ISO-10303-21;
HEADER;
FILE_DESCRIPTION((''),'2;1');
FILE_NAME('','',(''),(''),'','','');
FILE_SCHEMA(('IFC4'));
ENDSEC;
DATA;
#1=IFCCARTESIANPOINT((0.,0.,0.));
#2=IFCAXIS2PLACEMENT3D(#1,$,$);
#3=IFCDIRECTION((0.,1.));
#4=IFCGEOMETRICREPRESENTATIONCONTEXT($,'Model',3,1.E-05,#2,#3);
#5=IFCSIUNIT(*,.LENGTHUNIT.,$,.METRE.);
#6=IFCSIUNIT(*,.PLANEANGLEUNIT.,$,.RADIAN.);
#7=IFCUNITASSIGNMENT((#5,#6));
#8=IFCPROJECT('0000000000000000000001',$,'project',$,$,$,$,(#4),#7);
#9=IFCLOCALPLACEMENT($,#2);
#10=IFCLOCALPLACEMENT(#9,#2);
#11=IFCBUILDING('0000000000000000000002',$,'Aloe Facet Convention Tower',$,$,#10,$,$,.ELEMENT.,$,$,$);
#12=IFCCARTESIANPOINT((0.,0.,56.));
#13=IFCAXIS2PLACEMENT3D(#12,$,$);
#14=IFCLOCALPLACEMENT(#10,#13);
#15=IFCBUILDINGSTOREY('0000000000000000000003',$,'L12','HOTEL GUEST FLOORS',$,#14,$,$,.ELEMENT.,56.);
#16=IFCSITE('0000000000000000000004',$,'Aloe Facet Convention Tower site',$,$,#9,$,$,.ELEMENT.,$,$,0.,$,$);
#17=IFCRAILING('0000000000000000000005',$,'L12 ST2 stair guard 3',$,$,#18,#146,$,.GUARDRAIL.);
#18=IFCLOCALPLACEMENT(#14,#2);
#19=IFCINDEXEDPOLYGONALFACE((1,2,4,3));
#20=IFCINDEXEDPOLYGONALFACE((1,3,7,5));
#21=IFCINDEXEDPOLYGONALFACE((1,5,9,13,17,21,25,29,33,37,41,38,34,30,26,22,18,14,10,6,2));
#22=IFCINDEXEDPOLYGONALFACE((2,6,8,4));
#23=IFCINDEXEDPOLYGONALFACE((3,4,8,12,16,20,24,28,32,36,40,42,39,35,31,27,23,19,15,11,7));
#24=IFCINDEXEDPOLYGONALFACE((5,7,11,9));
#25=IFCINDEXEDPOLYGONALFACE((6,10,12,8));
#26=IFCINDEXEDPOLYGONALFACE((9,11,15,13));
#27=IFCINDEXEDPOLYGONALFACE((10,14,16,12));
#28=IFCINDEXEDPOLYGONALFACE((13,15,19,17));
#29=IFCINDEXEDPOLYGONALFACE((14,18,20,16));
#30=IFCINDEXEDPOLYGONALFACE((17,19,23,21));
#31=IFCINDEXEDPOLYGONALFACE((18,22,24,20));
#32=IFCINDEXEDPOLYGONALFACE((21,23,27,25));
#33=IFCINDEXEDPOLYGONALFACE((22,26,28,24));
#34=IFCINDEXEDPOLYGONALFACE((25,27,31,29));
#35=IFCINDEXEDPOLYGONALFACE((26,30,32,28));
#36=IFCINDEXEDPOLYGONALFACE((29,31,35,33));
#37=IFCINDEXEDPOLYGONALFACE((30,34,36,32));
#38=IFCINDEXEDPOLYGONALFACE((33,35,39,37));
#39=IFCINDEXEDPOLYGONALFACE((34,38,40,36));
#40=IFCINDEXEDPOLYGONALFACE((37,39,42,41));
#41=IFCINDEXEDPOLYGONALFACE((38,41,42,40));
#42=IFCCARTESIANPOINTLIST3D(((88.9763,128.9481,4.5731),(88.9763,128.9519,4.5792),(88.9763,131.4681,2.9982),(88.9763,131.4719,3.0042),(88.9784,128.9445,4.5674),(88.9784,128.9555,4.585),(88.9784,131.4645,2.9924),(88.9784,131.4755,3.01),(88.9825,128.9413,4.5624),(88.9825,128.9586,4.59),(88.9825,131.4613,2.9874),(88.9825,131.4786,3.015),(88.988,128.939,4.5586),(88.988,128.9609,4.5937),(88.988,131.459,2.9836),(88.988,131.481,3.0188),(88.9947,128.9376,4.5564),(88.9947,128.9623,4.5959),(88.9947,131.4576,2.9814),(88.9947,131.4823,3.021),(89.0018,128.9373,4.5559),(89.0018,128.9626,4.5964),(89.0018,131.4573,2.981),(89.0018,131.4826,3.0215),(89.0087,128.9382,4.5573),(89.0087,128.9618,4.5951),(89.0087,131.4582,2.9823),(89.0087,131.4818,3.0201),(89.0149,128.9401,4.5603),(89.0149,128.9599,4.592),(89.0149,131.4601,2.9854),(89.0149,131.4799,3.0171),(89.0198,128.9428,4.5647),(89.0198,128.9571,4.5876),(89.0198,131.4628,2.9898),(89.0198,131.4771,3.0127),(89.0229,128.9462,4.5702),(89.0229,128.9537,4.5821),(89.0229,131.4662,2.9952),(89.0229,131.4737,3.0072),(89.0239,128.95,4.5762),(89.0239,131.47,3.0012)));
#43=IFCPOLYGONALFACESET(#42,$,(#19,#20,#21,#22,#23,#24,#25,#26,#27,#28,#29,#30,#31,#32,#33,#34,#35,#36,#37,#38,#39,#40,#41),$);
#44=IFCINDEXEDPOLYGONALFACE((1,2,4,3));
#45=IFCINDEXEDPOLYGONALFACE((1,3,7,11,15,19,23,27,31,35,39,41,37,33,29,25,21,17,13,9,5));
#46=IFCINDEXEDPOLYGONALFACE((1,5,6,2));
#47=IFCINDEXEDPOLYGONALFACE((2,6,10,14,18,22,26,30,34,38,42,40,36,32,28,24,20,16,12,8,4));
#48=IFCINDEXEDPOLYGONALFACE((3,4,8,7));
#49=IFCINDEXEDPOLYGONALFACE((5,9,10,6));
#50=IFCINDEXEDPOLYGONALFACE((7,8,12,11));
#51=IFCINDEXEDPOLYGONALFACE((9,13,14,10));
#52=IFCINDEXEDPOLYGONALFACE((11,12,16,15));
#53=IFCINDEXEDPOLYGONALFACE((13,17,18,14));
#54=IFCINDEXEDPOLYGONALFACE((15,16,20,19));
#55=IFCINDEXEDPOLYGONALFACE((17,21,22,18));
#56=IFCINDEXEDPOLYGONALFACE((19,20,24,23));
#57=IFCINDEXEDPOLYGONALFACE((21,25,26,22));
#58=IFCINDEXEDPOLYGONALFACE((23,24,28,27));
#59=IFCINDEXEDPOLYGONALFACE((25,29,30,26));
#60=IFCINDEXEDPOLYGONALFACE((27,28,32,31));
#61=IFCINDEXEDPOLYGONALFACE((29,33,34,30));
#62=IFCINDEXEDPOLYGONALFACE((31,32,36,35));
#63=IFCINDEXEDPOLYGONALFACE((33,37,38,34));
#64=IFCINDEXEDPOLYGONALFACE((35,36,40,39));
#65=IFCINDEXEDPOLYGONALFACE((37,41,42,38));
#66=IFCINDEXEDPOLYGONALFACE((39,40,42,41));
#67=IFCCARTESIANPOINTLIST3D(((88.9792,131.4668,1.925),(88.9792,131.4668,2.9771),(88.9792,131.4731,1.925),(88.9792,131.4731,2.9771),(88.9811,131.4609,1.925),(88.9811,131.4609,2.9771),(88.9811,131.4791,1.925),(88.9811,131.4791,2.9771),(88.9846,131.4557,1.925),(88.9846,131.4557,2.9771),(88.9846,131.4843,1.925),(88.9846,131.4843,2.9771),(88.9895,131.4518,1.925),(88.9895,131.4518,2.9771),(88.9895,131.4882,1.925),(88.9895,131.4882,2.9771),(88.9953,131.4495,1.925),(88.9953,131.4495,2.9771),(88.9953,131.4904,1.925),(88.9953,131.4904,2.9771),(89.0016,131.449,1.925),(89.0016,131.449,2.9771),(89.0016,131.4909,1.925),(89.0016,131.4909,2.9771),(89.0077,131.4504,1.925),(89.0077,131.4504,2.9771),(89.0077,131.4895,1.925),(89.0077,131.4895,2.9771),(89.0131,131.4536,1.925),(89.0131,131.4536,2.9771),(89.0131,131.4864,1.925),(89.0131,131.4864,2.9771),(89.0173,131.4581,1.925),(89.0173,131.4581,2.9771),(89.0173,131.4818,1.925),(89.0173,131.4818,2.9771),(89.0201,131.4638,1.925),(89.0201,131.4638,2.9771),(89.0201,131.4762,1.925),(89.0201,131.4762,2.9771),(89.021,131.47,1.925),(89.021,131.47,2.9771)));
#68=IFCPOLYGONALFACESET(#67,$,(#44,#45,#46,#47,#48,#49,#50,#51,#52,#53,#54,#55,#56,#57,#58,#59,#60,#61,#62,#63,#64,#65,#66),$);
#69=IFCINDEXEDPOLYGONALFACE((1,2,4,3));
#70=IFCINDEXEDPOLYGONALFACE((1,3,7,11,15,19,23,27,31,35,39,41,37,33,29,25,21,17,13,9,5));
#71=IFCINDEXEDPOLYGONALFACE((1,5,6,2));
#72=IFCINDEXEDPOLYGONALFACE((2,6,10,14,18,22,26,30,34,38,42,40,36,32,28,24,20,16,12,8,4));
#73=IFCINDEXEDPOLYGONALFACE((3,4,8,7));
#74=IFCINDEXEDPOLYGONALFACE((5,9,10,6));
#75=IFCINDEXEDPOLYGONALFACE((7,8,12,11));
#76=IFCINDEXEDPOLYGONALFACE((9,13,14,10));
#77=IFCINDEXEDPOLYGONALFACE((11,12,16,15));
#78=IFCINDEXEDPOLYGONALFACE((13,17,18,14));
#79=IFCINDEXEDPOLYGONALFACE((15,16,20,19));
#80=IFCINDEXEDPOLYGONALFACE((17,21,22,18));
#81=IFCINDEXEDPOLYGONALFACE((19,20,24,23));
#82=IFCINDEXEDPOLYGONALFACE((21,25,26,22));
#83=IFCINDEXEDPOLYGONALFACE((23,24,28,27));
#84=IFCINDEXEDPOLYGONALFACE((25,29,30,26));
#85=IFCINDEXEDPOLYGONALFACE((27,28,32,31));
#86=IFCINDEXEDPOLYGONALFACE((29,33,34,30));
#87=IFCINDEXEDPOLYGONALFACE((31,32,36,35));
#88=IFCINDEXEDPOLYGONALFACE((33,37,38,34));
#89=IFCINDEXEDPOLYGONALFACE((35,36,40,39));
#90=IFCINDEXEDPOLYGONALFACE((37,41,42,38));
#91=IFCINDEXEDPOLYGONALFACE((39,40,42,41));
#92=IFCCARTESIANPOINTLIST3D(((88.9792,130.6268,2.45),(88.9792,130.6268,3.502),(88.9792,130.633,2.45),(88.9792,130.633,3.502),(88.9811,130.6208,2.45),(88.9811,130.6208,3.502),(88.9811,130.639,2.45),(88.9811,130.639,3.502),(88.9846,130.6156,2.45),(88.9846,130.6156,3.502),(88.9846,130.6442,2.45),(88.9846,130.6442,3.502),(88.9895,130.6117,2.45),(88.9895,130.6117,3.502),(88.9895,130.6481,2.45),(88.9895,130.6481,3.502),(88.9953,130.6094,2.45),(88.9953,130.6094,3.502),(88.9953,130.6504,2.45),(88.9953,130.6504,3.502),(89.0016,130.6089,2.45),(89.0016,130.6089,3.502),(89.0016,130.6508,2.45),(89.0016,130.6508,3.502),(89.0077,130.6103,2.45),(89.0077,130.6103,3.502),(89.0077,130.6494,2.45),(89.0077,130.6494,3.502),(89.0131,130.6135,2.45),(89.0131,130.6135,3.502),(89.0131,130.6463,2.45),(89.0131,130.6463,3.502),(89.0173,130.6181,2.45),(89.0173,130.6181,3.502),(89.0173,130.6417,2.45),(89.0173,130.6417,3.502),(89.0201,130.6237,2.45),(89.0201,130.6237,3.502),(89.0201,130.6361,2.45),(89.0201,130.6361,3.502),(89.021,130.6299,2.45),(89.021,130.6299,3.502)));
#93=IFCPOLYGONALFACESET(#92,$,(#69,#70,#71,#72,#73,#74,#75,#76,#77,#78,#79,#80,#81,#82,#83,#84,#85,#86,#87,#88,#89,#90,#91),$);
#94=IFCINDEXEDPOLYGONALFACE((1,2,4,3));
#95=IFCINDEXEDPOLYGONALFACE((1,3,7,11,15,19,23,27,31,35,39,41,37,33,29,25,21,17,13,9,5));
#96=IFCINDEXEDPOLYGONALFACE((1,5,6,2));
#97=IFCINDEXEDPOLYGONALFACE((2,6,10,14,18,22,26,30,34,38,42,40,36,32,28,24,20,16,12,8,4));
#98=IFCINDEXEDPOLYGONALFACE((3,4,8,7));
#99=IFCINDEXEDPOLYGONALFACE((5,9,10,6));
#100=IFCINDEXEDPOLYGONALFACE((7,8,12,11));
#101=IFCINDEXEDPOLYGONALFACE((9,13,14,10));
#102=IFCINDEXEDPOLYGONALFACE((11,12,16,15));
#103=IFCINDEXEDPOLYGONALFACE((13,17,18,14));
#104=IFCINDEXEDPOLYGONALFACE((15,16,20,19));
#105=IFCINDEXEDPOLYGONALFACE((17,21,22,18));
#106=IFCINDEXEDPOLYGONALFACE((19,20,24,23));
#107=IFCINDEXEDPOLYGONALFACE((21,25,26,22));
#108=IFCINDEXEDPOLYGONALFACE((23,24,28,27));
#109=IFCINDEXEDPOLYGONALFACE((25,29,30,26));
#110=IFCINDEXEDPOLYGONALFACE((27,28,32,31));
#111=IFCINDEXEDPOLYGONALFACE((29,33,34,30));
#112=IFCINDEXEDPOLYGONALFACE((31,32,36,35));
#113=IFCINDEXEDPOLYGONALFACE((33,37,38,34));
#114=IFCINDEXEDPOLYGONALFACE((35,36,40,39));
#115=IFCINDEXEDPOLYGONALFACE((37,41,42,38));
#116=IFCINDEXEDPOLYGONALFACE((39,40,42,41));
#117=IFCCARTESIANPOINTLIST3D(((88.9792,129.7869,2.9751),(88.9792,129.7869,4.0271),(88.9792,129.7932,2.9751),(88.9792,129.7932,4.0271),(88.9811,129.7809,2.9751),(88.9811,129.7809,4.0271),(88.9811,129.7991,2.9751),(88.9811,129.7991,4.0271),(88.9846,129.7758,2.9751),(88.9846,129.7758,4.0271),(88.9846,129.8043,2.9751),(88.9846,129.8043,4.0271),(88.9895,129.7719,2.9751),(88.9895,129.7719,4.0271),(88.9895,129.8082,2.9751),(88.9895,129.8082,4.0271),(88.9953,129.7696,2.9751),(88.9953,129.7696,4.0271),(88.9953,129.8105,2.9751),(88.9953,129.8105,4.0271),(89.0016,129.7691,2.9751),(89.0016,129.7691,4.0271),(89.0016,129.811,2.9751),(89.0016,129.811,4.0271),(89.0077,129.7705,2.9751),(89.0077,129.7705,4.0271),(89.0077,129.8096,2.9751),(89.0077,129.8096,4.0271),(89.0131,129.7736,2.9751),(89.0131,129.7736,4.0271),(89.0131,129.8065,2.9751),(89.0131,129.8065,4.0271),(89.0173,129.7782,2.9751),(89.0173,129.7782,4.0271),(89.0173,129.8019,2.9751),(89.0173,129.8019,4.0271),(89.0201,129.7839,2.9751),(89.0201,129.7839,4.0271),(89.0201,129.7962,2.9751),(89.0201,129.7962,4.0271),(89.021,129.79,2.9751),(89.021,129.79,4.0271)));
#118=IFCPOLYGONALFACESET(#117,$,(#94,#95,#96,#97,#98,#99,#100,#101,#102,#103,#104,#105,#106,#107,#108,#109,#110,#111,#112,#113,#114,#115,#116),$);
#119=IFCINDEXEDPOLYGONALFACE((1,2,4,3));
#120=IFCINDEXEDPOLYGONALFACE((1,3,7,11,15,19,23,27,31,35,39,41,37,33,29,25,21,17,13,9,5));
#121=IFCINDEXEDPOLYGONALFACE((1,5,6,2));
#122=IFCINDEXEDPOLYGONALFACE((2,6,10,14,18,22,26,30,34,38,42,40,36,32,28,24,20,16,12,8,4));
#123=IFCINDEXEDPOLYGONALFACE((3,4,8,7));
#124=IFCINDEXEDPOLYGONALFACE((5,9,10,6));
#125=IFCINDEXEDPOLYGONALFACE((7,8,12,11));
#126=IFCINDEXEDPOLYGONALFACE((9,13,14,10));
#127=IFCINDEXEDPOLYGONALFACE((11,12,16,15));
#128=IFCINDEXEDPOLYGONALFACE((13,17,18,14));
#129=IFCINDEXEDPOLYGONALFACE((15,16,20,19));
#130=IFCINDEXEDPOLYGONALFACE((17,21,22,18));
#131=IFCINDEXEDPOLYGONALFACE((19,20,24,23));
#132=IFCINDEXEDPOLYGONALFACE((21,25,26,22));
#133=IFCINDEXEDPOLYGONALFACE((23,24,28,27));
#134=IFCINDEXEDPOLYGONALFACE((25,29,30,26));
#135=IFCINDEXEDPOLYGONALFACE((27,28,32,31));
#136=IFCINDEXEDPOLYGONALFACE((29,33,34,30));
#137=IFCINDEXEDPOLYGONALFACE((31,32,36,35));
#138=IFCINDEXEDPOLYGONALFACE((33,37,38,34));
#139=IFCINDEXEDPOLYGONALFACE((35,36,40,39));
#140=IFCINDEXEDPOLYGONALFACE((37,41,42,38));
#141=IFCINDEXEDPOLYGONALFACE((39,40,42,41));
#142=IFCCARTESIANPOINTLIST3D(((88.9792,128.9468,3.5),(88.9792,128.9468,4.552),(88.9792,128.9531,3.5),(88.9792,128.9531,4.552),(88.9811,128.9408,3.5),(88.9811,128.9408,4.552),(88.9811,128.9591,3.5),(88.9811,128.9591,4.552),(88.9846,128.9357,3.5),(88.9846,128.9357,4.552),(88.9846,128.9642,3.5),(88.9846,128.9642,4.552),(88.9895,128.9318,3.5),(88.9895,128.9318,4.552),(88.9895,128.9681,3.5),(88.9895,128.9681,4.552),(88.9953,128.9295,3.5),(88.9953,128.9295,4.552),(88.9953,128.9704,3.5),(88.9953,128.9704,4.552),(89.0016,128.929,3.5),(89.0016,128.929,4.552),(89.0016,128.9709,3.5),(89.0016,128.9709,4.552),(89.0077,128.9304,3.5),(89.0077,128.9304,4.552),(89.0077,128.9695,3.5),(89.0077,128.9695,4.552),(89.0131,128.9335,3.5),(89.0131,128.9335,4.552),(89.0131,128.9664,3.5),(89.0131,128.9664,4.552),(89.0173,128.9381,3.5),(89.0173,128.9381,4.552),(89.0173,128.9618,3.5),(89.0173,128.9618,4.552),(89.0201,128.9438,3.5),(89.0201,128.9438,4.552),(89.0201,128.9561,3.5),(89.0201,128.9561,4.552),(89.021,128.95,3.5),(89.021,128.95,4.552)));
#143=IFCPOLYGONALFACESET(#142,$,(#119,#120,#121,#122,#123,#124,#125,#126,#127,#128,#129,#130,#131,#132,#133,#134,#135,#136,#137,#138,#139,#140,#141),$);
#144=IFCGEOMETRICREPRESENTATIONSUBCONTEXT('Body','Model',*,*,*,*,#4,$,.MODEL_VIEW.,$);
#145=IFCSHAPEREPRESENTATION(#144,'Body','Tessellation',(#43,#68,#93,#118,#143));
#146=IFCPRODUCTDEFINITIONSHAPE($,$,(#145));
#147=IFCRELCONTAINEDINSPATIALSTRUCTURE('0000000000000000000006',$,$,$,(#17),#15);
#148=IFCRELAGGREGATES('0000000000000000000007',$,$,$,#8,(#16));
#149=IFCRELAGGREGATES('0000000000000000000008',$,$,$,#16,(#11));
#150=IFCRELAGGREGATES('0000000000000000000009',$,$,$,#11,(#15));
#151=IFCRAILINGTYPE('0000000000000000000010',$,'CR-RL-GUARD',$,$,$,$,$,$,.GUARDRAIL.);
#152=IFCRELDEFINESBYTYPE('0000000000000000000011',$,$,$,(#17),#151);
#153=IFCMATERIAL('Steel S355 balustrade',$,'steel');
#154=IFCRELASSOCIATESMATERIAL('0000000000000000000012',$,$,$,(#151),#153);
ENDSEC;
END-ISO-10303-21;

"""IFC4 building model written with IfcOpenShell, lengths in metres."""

from ifc_helpers import new_model, si_unit, direction, frame, origin, origin_2d, place, context, subcontext, project, spatial, circle, extrude, material, type_object, element, save


model = new_model("IFC4")

# Units and contexts
model_context = context("Model", 3, precision=1e-05, world=origin(), true_north=direction((0.0, 1.0)))
body_context = subcontext(model_context, "Body", "Model", "MODEL_VIEW")
ifc_project = project(units=[si_unit("LENGTHUNIT", "METRE"), si_unit("PLANEANGLEUNIT", "RADIAN")], contexts=[model_context])

# Site, building, storey
site_placement = place(None, origin())
site = spatial("IfcSite", under=ifc_project, at=site_placement, Name="Aloe Facet Convention Tower site", CompositionType="ELEMENT", RefElevation=0.0)
building_placement = place(site_placement, origin())
building = spatial("IfcBuilding", under=site, at=building_placement, Name="Aloe Facet Convention Tower", CompositionType="ELEMENT")
storey_placement = place(building_placement, frame((0.0, 0.0, 56.0)))
storey = spatial("IfcBuildingStorey", under=building, at=storey_placement, Name="L12", Description="HOTEL GUEST FLOORS", CompositionType="ELEMENT", Elevation=56.0)

# Railing
ifc_material_1 = material(Name="Steel S355 balustrade", Category="steel")
railing_type_1 = type_object("IfcRailingType", Name="CR-RL-GUARD", PredefinedType="GUARDRAIL", material=ifc_material_1)
railing_1_placement = place(storey_placement, frame((89.0, 131.47, 1.925)))
element("IfcRailing", 1, at=railing_1_placement, inside=storey, type_object=railing_type_1, Name="L12 ST2 stair guard 3", PredefinedType="GUARDRAIL", context=body_context, shape_type="SweptSolid", body=[
    extrude(circle(Radius=0.0239, at=origin_2d()), frame((0.0, 0.0, 1.0762), z_axis=(0.0, -0.848008, 0.529984), x_axis=(1.0, 0.0, 0.0)), (0.0, 0.0, 1.0), 2.9717),
    extrude(circle(Radius=0.021, at=origin_2d()), origin(), (0.0, 0.0, 1.0), 1.052),
    extrude(circle(Radius=0.021, at=origin_2d()), frame((0.0, -0.8401, 0.5249)), (0.0, 0.0, 1.0), 1.052),
    extrude(circle(Radius=0.021, at=origin_2d()), frame((0.0, -1.6799, 1.05)), (0.0, 0.0, 1.0), 1.052),
    extrude(circle(Radius=0.021, at=origin_2d()), frame((0.0, -2.52, 1.575)), (0.0, 0.0, 1.0), 1.052),
])

save(model, "model.ifc")
